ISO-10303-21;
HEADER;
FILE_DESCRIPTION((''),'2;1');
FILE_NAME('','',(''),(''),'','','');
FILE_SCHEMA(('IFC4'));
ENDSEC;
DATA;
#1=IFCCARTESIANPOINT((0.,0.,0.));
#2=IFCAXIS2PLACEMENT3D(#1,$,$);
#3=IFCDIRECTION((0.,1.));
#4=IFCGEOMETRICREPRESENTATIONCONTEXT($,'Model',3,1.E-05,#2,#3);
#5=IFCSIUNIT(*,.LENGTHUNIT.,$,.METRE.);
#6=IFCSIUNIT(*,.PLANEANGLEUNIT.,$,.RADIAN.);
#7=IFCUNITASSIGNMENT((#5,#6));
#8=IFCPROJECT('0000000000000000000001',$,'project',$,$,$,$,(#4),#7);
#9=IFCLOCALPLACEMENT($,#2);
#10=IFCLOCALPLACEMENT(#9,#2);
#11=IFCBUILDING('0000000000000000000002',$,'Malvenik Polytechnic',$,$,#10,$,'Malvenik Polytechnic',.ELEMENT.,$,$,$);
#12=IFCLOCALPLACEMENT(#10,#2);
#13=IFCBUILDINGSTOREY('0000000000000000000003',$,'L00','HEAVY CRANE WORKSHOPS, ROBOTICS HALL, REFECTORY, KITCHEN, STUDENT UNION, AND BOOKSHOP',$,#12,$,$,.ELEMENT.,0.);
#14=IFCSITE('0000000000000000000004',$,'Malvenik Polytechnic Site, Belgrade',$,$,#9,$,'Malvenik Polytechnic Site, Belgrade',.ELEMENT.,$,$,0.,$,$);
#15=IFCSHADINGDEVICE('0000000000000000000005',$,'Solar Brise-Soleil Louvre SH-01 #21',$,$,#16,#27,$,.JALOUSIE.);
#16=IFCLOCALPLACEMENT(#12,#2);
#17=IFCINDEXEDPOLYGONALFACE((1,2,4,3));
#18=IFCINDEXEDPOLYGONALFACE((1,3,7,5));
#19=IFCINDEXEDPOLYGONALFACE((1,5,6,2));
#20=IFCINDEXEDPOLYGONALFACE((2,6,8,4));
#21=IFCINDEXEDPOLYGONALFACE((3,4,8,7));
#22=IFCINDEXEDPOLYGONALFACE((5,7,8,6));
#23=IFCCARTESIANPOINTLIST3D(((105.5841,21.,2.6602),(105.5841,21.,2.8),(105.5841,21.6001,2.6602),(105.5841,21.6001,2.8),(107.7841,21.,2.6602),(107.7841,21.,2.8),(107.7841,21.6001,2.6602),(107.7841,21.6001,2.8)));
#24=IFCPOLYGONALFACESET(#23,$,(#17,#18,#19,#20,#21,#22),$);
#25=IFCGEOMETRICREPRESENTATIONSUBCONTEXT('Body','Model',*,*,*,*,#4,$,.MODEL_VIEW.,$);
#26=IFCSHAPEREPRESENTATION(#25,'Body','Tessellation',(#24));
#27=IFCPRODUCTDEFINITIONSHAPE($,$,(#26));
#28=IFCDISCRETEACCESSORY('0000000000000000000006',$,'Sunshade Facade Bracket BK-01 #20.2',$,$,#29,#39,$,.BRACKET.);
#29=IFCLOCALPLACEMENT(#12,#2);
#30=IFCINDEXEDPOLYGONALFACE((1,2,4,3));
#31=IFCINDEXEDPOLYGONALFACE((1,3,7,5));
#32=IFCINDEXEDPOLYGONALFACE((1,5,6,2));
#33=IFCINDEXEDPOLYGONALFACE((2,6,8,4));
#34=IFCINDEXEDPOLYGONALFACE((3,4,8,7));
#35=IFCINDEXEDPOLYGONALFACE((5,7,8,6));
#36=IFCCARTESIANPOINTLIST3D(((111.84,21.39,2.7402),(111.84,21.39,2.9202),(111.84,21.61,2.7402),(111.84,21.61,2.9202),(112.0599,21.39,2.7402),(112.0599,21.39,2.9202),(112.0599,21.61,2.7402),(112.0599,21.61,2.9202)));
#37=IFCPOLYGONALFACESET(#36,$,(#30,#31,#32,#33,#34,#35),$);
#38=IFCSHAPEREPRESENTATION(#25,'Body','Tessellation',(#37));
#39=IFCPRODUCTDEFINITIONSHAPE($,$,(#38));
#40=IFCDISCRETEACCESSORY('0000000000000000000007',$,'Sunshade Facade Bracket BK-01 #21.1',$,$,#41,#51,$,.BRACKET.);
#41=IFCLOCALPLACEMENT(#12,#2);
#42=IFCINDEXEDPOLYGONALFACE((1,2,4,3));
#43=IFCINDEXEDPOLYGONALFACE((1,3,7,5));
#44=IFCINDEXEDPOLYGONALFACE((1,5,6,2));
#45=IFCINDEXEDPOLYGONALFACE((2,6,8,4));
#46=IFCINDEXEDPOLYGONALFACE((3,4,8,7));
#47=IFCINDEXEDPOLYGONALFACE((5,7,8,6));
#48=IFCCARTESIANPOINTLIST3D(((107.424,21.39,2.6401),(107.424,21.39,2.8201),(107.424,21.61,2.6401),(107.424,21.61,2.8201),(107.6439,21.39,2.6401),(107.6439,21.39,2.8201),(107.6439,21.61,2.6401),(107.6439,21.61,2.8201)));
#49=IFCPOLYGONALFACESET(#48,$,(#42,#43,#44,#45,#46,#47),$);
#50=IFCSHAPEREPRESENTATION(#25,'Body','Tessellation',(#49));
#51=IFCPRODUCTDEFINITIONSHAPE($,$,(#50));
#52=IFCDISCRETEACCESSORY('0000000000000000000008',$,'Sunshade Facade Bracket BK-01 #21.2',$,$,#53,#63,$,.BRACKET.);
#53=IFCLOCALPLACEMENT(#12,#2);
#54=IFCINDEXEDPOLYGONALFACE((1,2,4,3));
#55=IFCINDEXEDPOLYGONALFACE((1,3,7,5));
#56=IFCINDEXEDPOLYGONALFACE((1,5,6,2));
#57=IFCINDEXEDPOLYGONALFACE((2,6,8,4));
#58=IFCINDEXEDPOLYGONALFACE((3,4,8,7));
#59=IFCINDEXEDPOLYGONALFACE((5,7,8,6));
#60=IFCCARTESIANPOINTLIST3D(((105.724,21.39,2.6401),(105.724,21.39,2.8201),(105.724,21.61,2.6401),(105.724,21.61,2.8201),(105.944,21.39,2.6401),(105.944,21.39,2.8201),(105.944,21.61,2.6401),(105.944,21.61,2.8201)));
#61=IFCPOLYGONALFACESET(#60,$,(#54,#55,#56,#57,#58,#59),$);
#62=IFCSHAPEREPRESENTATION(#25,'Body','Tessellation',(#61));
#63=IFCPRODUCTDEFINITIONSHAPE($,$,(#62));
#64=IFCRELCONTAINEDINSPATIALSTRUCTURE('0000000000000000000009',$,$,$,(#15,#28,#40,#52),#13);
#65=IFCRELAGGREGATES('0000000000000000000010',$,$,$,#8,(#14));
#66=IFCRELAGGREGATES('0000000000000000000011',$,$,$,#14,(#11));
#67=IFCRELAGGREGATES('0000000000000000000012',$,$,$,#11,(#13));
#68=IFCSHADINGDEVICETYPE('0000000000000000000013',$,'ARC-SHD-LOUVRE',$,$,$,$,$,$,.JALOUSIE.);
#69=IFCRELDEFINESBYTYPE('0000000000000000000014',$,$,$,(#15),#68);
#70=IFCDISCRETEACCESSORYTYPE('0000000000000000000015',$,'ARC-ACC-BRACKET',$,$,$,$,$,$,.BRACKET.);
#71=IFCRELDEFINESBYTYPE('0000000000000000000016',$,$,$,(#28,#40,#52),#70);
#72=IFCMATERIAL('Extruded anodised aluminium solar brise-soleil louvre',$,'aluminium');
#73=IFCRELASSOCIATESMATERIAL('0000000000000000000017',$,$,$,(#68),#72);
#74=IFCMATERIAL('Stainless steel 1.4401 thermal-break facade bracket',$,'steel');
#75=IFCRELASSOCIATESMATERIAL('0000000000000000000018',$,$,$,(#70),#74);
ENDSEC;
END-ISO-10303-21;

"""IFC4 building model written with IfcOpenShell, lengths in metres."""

from ifc_helpers import new_model, si_unit, direction, frame, origin, origin_2d, place, context, subcontext, project, spatial, rectangle, extrude, material, type_object, element, save


model = new_model("IFC4")

# Units and contexts
model_context = context("Model", 3, precision=1e-05, world=origin(), true_north=direction((0.0, 1.0)))
body_context = subcontext(model_context, "Body", "Model", "MODEL_VIEW")
ifc_project = project(units=[si_unit("LENGTHUNIT", "METRE"), si_unit("PLANEANGLEUNIT", "RADIAN")], contexts=[model_context])

# Site, building, storey
site_placement = place(None, origin())
site = spatial("IfcSite", under=ifc_project, at=site_placement, Name="Malvenik Polytechnic Site, Belgrade", LongName="Malvenik Polytechnic Site, Belgrade", CompositionType="ELEMENT", RefElevation=0.0)
building_placement = place(site_placement, origin())
building = spatial("IfcBuilding", under=site, at=building_placement, Name="Malvenik Polytechnic", LongName="Malvenik Polytechnic", CompositionType="ELEMENT")
storey_placement = place(building_placement, origin())
storey = spatial("IfcBuildingStorey", under=building, at=storey_placement, Name="L00", Description="HEAVY CRANE WORKSHOPS, ROBOTICS HALL, REFECTORY, KITCHEN, STUDENT UNION, AND BOOKSHOP", CompositionType="ELEMENT", Elevation=0.0)

# Shading device
ifc_material_1 = material(Name="Extruded anodised aluminium solar brise-soleil louvre", Category="aluminium")
shading_device_type = type_object("IfcShadingDeviceType", Name="ARC-SHD-LOUVRE", PredefinedType="JALOUSIE", material=ifc_material_1)
shading_device_1_placement = place(storey_placement, frame((106.6841, 21.3, 2.6602), z_axis=(0.0, 0.0, 1.0), x_axis=(1.0, 0.0, 0.0)))
element("IfcShadingDevice", 1, at=shading_device_1_placement, inside=storey, type_object=shading_device_type, Name="Solar Brise-Soleil Louvre SH-01 #21", PredefinedType="JALOUSIE", context=body_context, shape_type="SweptSolid", body=[
    extrude(rectangle(XDim=2.2, YDim=0.6001, at=origin_2d()), origin(), (0.0, 0.0, 1.0), 0.1399),
])

# Discrete accessories
ifc_material_2 = material(Name="Stainless steel 1.4401 thermal-break facade bracket", Category="steel")
discrete_accessory_type = type_object("IfcDiscreteAccessoryType", Name="ARC-ACC-BRACKET", PredefinedType="BRACKET", material=ifc_material_2)
for number, where, z_axis, x_axis, name in (
    (2, (111.95, 21.5, 2.7402), (0.0, 0.0, 1.0), (1.0, 0.0, 0.0), "Sunshade Facade Bracket BK-01 #20.2"),
    (3, (107.5339, 21.5, 2.6401), (0.0, 0.0, 1.0), (1.0, 0.0, 0.0), "Sunshade Facade Bracket BK-01 #21.1"),
    (4, (105.834, 21.5, 2.6401), (0.0, 0.0, 1.0), (1.0, 0.0, 0.0), "Sunshade Facade Bracket BK-01 #21.2"),
):
    element("IfcDiscreteAccessory", number, at=place(storey_placement, frame(where, z_axis=z_axis, x_axis=x_axis)), inside=storey, type_object=discrete_accessory_type, Name=name, PredefinedType="BRACKET", context=body_context, shape_type="SweptSolid", body=[
        extrude(rectangle(XDim=0.22, YDim=0.22, at=origin_2d()), origin(), (0.0, 0.0, 1.0), 0.1799),
    ])

save(model, "model.ifc")
